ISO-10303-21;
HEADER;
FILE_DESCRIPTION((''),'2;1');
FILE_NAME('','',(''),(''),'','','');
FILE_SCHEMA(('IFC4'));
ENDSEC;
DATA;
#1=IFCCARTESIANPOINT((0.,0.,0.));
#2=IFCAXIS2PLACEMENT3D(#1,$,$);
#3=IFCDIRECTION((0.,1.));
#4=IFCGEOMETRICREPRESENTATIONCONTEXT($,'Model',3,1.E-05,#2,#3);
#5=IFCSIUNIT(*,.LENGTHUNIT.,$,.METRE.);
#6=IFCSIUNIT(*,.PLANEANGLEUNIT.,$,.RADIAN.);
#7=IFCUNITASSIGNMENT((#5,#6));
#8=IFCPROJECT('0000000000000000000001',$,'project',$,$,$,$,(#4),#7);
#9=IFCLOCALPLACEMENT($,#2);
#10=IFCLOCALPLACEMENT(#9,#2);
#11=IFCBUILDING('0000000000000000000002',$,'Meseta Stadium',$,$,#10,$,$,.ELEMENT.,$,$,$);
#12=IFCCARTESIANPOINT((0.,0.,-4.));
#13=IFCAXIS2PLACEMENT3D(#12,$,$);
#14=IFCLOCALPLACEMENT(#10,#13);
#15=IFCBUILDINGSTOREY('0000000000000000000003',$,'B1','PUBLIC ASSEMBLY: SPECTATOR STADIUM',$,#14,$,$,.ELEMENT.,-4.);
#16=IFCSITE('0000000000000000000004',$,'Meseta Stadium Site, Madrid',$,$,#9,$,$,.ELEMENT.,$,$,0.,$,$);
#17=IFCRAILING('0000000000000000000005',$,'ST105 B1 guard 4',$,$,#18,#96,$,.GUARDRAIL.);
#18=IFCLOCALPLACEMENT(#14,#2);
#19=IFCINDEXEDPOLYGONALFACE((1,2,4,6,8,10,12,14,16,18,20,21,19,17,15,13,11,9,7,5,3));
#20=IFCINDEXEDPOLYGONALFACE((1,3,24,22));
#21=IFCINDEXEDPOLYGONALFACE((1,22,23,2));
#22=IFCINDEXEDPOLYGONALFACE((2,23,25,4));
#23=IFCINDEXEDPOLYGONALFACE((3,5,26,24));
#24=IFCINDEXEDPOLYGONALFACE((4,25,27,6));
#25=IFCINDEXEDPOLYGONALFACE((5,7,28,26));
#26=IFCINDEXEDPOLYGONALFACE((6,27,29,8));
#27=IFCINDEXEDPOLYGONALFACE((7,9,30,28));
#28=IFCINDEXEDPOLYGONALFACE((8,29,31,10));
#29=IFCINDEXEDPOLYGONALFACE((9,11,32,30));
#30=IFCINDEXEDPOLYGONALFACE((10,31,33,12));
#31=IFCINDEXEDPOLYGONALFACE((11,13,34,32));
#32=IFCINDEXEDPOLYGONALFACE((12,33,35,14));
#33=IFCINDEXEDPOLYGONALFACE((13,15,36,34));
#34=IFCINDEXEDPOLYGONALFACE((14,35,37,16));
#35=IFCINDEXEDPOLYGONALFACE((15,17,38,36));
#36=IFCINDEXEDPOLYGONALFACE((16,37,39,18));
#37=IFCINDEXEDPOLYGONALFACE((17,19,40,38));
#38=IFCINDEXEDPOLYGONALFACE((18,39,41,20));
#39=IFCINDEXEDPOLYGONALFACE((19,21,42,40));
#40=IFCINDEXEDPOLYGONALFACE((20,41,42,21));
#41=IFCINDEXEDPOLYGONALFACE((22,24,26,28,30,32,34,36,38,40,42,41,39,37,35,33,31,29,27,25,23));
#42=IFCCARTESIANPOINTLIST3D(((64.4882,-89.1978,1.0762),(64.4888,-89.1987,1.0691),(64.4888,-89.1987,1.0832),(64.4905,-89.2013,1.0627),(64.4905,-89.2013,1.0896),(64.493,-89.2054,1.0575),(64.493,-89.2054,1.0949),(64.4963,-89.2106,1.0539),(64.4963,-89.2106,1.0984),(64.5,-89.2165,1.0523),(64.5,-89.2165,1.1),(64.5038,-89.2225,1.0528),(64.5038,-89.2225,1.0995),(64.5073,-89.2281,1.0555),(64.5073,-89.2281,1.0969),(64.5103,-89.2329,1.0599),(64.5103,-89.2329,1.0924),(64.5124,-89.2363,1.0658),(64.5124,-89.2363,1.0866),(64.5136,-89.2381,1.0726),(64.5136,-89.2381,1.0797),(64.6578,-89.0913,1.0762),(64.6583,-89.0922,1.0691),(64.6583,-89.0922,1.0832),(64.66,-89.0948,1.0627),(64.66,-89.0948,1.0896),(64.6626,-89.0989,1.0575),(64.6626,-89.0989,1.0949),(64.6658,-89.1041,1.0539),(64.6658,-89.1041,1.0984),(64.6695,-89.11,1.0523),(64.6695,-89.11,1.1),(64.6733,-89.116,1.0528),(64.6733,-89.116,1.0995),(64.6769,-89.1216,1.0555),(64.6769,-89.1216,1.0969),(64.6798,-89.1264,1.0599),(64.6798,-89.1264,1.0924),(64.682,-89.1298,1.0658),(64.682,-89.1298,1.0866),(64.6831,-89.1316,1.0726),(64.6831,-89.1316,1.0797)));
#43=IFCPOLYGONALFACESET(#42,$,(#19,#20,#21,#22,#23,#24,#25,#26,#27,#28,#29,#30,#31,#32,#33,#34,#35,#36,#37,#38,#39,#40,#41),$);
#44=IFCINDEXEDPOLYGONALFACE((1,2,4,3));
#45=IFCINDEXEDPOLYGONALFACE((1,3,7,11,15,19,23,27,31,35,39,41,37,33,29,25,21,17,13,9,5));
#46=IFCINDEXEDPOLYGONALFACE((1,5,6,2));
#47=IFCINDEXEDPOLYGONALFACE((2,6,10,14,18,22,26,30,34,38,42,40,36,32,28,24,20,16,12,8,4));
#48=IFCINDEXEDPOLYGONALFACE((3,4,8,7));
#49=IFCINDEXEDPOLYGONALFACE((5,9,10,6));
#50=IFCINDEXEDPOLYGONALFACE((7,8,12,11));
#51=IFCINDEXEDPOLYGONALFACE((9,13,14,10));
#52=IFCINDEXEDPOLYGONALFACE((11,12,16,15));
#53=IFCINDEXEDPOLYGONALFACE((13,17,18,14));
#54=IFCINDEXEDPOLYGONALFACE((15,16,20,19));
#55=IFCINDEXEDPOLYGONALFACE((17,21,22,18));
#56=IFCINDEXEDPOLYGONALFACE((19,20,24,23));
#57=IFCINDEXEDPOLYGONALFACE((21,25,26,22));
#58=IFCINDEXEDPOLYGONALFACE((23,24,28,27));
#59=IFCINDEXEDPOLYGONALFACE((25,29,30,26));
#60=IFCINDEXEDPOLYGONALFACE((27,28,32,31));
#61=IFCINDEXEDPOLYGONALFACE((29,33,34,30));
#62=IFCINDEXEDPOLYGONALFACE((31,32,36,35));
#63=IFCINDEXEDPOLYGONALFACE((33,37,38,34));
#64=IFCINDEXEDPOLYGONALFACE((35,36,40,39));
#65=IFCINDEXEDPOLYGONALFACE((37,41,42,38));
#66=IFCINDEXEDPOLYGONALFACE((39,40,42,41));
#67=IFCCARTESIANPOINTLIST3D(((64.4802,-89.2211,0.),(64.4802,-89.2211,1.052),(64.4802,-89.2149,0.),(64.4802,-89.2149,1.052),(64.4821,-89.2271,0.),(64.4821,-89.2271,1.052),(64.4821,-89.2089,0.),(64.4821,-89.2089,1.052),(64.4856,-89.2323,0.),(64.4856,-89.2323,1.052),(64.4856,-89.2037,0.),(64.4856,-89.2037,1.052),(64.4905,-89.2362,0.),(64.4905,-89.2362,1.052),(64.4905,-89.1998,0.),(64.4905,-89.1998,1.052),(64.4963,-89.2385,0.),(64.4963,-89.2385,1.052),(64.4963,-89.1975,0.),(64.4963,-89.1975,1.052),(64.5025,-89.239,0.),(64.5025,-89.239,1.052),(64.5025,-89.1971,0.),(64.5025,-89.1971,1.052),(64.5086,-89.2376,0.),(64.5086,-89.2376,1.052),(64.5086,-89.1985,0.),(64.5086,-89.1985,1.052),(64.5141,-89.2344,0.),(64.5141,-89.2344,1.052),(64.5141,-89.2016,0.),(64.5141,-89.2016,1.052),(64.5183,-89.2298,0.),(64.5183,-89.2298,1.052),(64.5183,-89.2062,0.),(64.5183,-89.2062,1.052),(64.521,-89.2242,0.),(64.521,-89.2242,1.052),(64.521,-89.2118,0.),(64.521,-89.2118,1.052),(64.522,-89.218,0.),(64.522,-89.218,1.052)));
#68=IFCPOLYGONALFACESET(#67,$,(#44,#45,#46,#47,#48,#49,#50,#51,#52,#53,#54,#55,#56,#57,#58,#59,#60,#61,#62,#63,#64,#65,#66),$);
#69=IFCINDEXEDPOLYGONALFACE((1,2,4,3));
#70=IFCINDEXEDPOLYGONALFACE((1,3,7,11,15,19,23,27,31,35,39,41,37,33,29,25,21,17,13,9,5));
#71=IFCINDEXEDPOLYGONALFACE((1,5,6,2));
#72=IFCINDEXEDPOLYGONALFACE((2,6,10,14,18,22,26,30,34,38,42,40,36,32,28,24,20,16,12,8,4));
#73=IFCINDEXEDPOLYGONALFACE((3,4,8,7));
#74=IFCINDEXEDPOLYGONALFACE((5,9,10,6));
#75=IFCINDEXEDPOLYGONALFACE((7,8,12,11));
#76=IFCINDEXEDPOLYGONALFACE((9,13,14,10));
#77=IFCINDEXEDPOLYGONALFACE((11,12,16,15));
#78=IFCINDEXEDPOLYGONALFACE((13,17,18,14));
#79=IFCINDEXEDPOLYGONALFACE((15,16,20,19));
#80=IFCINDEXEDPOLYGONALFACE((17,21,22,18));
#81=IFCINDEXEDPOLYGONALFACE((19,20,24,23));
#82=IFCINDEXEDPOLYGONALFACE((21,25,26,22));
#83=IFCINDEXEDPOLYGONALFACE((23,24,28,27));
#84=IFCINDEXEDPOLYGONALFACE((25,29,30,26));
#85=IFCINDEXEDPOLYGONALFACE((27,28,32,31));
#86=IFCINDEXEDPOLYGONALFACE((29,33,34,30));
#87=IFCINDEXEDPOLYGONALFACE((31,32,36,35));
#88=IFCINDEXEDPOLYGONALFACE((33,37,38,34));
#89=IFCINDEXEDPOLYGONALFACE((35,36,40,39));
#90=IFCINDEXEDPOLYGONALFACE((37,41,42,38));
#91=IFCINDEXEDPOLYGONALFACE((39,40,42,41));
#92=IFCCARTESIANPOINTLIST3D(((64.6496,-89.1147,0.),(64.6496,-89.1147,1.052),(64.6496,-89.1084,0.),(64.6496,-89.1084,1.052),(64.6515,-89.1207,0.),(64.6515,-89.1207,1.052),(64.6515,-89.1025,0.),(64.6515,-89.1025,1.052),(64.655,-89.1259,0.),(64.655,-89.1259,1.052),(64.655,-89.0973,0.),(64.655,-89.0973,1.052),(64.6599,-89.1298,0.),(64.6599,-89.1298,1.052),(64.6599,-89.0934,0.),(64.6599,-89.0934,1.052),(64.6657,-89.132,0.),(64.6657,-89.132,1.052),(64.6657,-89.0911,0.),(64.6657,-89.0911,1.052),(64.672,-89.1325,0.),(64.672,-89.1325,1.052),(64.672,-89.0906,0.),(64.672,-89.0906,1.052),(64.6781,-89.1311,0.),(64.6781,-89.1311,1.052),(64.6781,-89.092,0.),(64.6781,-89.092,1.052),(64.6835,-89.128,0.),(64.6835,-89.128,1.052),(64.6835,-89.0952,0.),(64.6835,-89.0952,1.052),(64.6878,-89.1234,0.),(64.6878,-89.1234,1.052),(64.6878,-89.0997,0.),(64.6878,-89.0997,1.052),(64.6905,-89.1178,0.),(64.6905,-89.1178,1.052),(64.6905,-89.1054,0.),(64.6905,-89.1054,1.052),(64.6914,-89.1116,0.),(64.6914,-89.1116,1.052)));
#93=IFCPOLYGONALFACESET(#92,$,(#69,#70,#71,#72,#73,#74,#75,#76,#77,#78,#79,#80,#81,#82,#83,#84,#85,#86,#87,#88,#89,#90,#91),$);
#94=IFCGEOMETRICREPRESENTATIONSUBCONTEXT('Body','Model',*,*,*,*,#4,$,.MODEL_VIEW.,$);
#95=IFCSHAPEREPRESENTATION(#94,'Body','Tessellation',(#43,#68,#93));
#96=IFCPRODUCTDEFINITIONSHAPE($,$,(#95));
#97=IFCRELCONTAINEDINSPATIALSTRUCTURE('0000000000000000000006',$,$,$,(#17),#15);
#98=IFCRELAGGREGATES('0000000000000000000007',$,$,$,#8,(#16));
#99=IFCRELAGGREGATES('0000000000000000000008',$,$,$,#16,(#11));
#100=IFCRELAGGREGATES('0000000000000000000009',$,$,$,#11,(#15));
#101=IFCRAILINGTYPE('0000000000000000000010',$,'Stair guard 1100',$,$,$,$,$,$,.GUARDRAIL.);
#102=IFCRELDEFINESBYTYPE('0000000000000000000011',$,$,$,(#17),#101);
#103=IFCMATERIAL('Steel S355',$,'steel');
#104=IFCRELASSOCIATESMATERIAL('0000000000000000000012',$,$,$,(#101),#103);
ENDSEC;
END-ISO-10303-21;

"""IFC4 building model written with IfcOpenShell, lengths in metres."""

from ifc_helpers import new_model, si_unit, direction, frame, origin, origin_2d, place, context, subcontext, project, spatial, circle, extrude, material, type_object, element, save


model = new_model("IFC4")

# Units and contexts
model_context = context("Model", 3, precision=1e-05, world=origin(), true_north=direction((0.0, 1.0)))
body_context = subcontext(model_context, "Body", "Model", "MODEL_VIEW")
ifc_project = project(units=[si_unit("LENGTHUNIT", "METRE"), si_unit("PLANEANGLEUNIT", "RADIAN")], contexts=[model_context])

# Site, building, storey
site_placement = place(None, origin())
site = spatial("IfcSite", under=ifc_project, at=site_placement, Name="Meseta Stadium Site, Madrid", CompositionType="ELEMENT", RefElevation=0.0)
building_placement = place(site_placement, origin())
building = spatial("IfcBuilding", under=site, at=building_placement, Name="Meseta Stadium", CompositionType="ELEMENT")
storey_placement = place(building_placement, frame((0.0, 0.0, -4.0)))
storey = spatial("IfcBuildingStorey", under=building, at=storey_placement, Name="B1", Description="PUBLIC ASSEMBLY: SPECTATOR STADIUM", CompositionType="ELEMENT", Elevation=-4.0)

# Railing
ifc_material_1 = material(Name="Steel S355", Category="steel")
railing_type_1 = type_object("IfcRailingType", Name="Stair guard 1100", PredefinedType="GUARDRAIL", material=ifc_material_1)
railing_1_placement = place(storey_placement, frame((64.501, -89.218, 0.0)))
element("IfcRailing", 1, at=railing_1_placement, inside=storey, type_object=railing_type_1, Name="ST105 B1 guard 4", PredefinedType="GUARDRAIL", context=body_context, shape_type="SweptSolid", body=[
    extrude(circle(Radius=0.0239, at=origin_2d()), frame((0.0, 0.0, 1.0762), z_axis=(0.846762, 0.531972, 0.0), x_axis=(-0.531972, 0.846762, 0.0)), (0.0, 0.0, 1.0), 0.2002),
    extrude(circle(Radius=0.021, at=origin_2d()), origin(), (0.0, 0.0, 1.0), 1.052),
    extrude(circle(Radius=0.021, at=origin_2d()), frame((0.1694, 0.1064, 0.0)), (0.0, 0.0, 1.0), 1.052),
])

save(model, "model.ifc")
